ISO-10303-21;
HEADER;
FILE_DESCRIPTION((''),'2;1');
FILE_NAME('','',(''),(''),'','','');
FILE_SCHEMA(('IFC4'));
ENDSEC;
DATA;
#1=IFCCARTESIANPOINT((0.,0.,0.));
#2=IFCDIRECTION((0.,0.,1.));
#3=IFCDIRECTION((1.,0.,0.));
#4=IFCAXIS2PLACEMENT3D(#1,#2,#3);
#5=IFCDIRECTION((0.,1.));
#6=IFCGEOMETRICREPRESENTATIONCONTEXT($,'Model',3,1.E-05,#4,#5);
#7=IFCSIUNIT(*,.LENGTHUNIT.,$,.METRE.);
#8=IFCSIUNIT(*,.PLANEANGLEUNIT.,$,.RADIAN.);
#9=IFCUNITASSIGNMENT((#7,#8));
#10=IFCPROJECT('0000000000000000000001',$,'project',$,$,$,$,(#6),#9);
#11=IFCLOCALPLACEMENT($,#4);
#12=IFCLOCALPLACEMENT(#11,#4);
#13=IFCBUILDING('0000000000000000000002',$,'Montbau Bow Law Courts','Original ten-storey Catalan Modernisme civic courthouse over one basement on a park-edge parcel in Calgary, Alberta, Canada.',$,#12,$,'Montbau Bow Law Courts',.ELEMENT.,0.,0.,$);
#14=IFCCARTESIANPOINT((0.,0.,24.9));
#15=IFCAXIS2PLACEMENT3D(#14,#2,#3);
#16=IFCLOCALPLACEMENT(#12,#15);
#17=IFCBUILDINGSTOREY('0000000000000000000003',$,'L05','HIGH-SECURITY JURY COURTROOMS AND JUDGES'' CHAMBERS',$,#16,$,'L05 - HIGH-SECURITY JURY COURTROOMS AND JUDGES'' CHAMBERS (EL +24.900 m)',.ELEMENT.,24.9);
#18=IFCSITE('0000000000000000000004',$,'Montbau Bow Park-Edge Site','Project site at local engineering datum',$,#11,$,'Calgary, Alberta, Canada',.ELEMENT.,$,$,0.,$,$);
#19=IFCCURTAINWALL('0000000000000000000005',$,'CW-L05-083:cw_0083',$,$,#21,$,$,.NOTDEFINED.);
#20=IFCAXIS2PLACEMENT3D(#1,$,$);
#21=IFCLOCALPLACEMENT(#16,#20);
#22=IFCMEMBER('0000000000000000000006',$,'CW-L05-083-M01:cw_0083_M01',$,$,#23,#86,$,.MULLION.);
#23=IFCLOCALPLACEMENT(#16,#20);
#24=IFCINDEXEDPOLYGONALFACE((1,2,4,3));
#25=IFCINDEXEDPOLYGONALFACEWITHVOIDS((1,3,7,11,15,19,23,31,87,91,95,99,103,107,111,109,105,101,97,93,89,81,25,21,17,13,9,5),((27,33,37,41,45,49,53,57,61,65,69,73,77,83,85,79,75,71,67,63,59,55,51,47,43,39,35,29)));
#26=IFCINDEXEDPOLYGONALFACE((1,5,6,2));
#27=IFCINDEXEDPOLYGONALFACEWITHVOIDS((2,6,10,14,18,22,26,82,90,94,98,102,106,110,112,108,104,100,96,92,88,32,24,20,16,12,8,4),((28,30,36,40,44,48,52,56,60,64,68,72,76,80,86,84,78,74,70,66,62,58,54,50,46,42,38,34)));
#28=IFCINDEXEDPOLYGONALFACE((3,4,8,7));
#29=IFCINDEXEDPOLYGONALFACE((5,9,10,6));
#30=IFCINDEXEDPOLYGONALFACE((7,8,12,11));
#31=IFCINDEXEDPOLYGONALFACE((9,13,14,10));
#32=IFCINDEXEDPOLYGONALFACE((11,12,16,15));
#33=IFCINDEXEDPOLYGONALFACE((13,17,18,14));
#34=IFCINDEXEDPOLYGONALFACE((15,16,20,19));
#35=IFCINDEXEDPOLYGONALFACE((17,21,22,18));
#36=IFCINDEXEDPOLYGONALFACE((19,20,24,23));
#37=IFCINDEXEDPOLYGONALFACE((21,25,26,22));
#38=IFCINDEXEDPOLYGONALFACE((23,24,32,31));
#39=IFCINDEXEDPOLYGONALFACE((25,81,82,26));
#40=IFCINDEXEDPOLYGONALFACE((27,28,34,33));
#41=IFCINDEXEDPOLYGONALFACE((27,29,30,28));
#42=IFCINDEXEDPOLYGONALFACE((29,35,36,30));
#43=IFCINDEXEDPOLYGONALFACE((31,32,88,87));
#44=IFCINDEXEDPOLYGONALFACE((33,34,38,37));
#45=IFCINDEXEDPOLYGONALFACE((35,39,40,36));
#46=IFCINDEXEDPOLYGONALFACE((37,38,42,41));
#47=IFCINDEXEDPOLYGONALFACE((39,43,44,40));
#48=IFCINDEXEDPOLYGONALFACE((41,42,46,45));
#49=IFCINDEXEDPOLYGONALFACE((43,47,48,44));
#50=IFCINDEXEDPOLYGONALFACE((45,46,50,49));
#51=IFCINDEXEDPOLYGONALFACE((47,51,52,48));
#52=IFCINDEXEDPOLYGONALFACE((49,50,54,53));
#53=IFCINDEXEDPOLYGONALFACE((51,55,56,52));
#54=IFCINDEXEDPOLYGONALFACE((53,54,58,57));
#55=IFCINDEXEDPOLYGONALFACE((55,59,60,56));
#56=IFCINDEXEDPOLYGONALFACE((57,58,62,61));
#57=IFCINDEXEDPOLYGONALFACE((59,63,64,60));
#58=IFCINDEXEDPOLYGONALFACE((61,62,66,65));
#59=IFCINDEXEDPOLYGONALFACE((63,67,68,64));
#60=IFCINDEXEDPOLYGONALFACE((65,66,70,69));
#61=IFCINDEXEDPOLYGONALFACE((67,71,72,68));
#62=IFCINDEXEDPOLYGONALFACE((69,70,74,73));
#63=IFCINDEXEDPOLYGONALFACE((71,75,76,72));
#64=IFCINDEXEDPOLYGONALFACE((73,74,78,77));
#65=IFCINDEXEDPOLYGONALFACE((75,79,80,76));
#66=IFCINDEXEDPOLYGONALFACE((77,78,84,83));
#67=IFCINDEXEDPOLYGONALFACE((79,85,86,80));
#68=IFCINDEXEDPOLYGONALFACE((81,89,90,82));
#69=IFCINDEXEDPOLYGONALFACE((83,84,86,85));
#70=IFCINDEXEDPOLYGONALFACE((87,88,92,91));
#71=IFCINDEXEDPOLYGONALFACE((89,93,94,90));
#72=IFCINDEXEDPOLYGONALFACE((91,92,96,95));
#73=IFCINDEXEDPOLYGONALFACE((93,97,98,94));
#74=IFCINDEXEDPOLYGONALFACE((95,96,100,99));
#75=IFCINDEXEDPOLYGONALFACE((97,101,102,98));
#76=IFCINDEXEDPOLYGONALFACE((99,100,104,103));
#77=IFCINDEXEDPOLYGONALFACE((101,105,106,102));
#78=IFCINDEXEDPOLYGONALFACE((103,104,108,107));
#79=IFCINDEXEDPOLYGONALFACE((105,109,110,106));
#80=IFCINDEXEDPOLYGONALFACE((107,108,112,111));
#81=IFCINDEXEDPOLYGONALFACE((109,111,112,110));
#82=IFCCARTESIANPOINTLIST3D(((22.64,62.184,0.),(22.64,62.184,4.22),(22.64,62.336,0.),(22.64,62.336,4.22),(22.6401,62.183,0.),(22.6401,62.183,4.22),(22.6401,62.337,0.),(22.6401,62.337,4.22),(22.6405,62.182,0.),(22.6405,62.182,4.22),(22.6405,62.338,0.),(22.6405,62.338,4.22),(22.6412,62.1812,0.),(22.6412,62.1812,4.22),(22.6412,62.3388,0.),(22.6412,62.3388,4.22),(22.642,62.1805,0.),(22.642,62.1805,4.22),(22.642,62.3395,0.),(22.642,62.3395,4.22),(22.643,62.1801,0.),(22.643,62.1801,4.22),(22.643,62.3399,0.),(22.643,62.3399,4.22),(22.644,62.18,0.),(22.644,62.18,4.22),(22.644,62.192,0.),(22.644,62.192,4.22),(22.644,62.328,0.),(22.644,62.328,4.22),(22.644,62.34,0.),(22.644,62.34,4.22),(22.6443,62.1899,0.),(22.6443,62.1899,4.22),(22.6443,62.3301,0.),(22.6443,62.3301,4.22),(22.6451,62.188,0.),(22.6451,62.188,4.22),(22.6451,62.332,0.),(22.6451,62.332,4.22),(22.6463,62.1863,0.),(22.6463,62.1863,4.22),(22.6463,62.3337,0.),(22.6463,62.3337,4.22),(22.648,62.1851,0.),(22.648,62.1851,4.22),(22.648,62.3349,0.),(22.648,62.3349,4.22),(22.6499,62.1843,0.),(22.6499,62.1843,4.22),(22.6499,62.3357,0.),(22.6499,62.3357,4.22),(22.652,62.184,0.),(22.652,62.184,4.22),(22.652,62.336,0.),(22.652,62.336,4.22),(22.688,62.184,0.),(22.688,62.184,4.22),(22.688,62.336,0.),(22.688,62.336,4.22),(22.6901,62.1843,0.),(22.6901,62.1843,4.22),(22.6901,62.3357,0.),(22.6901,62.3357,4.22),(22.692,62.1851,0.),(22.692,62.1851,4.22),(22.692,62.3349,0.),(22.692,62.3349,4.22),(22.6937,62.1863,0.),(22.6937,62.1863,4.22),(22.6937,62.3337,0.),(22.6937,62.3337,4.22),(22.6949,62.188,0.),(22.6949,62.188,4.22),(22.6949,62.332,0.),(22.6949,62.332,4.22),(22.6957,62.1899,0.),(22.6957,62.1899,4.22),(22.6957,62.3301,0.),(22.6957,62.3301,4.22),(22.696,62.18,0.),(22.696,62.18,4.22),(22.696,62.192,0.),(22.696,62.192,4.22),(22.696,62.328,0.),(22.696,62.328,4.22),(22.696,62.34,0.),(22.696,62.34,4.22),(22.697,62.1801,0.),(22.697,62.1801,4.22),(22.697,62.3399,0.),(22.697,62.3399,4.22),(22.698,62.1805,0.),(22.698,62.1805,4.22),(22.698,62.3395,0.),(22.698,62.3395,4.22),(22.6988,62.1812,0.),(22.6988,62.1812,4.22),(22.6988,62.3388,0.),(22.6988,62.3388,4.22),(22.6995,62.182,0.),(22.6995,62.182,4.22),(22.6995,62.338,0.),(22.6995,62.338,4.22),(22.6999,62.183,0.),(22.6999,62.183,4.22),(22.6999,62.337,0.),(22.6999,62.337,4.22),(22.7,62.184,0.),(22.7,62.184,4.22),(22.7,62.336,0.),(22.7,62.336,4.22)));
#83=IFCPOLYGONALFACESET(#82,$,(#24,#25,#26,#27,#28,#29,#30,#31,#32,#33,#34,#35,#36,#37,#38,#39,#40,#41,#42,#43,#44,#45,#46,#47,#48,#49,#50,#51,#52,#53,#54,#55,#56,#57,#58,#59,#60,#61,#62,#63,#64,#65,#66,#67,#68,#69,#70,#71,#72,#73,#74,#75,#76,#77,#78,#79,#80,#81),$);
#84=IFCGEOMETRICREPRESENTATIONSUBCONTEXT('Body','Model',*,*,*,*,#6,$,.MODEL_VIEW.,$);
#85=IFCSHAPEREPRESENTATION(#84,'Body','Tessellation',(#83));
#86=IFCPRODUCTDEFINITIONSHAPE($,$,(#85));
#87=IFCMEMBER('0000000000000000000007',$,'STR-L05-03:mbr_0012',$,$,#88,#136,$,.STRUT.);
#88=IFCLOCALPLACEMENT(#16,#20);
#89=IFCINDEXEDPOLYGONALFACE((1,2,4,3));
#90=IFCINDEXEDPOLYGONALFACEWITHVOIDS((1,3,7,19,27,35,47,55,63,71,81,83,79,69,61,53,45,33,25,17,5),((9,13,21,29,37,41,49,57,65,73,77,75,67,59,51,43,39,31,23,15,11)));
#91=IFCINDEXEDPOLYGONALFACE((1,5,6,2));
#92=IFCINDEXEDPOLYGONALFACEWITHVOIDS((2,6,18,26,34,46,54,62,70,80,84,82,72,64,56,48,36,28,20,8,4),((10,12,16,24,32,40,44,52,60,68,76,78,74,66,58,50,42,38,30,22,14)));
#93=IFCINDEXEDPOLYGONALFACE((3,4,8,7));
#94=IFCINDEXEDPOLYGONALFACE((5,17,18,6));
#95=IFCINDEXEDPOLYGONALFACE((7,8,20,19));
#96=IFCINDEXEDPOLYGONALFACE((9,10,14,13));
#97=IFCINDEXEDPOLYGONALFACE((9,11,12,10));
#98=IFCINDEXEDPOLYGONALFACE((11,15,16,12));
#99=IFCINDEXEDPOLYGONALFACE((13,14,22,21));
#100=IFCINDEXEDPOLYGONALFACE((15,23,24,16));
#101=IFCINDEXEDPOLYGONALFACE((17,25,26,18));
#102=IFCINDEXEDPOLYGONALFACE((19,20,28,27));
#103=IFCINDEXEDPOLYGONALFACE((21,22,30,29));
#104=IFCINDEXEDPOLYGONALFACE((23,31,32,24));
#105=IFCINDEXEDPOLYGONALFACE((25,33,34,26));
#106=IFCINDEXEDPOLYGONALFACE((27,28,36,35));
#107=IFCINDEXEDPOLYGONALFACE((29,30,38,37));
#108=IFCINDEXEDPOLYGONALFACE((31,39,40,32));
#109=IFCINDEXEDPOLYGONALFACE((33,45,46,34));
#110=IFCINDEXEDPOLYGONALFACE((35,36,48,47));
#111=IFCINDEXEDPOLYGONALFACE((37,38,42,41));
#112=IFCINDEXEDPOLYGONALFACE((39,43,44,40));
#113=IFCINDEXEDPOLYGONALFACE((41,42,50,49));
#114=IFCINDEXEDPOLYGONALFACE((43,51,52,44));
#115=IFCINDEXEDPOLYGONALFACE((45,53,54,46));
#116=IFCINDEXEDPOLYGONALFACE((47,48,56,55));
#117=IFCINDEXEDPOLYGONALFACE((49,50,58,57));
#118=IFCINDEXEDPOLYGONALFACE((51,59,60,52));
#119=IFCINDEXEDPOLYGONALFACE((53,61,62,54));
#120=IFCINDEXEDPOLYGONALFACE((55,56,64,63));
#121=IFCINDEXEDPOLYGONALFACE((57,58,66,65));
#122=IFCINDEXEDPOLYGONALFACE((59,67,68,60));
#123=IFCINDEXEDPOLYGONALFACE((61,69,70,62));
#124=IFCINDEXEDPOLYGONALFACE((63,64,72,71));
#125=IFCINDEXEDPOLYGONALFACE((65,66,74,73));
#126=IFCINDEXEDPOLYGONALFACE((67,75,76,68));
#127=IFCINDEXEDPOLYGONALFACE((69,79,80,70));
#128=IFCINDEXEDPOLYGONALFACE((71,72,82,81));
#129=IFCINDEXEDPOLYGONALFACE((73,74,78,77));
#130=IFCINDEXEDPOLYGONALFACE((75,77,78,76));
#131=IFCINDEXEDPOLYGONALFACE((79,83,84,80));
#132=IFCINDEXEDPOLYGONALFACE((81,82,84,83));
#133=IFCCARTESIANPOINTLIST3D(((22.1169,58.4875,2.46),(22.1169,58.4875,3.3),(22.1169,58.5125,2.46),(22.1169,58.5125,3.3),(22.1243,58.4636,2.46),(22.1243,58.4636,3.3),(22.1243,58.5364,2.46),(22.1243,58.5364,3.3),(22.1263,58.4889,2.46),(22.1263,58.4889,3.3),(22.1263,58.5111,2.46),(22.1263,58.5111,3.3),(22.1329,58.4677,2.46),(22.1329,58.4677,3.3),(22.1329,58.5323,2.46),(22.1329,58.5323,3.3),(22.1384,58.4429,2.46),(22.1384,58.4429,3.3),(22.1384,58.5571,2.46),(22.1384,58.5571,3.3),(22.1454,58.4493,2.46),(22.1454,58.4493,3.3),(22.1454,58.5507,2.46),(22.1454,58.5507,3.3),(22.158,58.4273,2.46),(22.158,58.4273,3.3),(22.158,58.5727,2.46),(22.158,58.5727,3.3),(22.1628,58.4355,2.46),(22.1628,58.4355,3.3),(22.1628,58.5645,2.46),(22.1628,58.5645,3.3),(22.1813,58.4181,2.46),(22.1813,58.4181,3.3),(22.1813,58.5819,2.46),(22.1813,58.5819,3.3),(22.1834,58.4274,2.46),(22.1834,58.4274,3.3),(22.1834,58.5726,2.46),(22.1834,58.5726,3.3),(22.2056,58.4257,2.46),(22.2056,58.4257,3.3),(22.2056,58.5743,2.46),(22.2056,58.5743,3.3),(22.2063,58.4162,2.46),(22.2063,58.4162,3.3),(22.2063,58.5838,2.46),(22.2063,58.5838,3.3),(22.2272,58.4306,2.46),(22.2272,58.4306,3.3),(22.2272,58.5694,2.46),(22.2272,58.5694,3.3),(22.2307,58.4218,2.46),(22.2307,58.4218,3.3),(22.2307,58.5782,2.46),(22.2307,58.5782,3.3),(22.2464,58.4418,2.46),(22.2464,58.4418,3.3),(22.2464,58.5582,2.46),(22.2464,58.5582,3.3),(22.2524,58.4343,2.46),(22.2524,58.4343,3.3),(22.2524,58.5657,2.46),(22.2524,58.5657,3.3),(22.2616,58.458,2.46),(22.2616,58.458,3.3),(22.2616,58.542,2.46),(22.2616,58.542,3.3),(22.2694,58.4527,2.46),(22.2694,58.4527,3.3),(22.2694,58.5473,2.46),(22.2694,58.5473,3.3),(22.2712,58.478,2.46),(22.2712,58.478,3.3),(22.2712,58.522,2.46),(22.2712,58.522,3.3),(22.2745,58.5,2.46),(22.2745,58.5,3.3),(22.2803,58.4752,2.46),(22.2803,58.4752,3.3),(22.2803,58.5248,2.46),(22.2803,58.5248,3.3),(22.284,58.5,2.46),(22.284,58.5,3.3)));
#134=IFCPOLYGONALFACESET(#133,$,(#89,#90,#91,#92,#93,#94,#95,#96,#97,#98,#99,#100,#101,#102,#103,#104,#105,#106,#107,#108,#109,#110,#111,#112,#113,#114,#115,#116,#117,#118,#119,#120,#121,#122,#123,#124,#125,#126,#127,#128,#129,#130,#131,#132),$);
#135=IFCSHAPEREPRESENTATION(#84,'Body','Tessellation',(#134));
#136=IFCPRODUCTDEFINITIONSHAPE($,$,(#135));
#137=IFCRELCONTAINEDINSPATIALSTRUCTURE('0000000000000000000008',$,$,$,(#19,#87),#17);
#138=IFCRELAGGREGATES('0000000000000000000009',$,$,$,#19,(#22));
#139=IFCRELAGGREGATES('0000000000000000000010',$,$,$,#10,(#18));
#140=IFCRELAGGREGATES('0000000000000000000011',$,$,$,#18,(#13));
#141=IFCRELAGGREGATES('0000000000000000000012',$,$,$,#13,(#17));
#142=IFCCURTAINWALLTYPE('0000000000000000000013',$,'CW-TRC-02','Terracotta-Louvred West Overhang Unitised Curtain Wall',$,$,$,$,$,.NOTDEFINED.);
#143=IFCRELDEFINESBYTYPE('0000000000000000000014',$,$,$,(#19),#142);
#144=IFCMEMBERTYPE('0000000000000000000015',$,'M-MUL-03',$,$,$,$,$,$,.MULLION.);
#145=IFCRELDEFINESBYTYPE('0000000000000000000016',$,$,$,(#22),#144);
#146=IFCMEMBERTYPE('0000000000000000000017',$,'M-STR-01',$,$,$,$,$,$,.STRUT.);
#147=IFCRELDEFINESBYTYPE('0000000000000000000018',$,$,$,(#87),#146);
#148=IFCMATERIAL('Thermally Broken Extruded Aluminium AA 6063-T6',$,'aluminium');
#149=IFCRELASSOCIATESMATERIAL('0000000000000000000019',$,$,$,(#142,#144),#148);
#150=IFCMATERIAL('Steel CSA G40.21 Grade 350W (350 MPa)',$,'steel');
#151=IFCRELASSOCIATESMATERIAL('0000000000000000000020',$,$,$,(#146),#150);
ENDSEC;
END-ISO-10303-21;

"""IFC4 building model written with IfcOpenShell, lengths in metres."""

from ifc_helpers import new_model, si_unit, direction, frame, origin_with_axes, origin_2d_with_axis, place, context, subcontext, project, spatial, hollow_rectangle, hollow_circle, extrude, material, material_profile, profile_set, type_object, element, aggregate, save


model = new_model("IFC4")

# Units and contexts
model_context = context("Model", 3, precision=1e-05, world=origin_with_axes(), true_north=direction((0.0, 1.0)))
body_context = subcontext(model_context, "Body", "Model", "MODEL_VIEW")
ifc_project = project(units=[si_unit("LENGTHUNIT", "METRE"), si_unit("PLANEANGLEUNIT", "RADIAN")], contexts=[model_context])

# Site, building, storey
site_placement = place(None, origin_with_axes())
site = spatial("IfcSite", under=ifc_project, at=site_placement, Name="Montbau Bow Park-Edge Site", Description="Project site at local engineering datum", LongName="Calgary, Alberta, Canada", CompositionType="ELEMENT", RefElevation=0.0)
building_placement = place(site_placement, origin_with_axes())
building = spatial("IfcBuilding", under=site, at=building_placement, Name="Montbau Bow Law Courts", Description="Original ten-storey Catalan Modernisme civic courthouse over one basement on a park-edge parcel in Calgary, Alberta, Canada.", LongName="Montbau Bow Law Courts", CompositionType="ELEMENT", ElevationOfRefHeight=0.0, ElevationOfTerrain=0.0)
storey_placement = place(building_placement, frame((0.0, 0.0, 24.9), z_axis=(0.0, 0.0, 1.0), x_axis=(1.0, 0.0, 0.0)))
storey = spatial("IfcBuildingStorey", under=building, at=storey_placement, Name="L05", Description="HIGH-SECURITY JURY COURTROOMS AND JUDGES' CHAMBERS", LongName="L05 - HIGH-SECURITY JURY COURTROOMS AND JUDGES' CHAMBERS (EL +24.900 m)", CompositionType="ELEMENT", Elevation=24.9)

# Shared definitions
ifc_material_1 = material(Name="Steel CSA G40.21 Grade 350W (350 MPa)", Category="steel")

# Curtain wall, member
ifc_material_2 = material(Name="Thermally Broken Extruded Aluminium AA 6063-T6", Category="aluminium")
curtain_wall_type = type_object("IfcCurtainWallType", Name="CW-TRC-02", Description="Terracotta-Louvred West Overhang Unitised Curtain Wall", PredefinedType="NOTDEFINED", material=ifc_material_2)
curtain_wall_1_placement = place(None, frame((22.64, 62.26, 24.9), z_axis=(0.0, 0.0, 1.0), x_axis=(1.0, 0.0, 0.0)))
curtain_wall_1 = element("IfcCurtainWall", 1, at=curtain_wall_1_placement, inside=storey, type_object=curtain_wall_type, Name="CW-L05-083:cw_0083", PredefinedType="NOTDEFINED")
ifc_material_profile_1 = material_profile(ifc_material_2, hollow_rectangle(XDim=0.06, YDim=0.16, WallThickness=0.004, InnerFilletRadius=0.008, OuterFilletRadius=0.004, at=origin_2d_with_axis()), Name="CWM-160X60", Category="Main", Priority=0)
ifc_profile_set_1 = profile_set([ifc_material_profile_1], Name="Thermally Broken Extruded Aluminium AA 6063-T6")
member_type_1 = type_object("IfcMemberType", Name="M-MUL-03", PredefinedType="MULLION", material=ifc_profile_set_1)
member_1_placement = place(None, frame((22.67, 62.26, 24.9), z_axis=(0.0, 0.0, 1.0), x_axis=(1.0, 0.0, 0.0)))
member_1 = element("IfcMember", 2, at=member_1_placement, type_object=member_type_1, Name="CW-L05-083-M01:cw_0083_M01", PredefinedType="MULLION", context=body_context, shape_type="SweptSolid", body=[
    extrude(hollow_rectangle(XDim=0.06, YDim=0.16, WallThickness=0.004, InnerFilletRadius=0.008, OuterFilletRadius=0.004, at=origin_2d_with_axis()), origin_with_axes(), (0.0, 0.0, 1.0), 4.22),
])

# Member
ifc_material_profile_2 = material_profile(ifc_material_1, hollow_circle(Radius=0.084, WallThickness=0.0095, at=origin_2d_with_axis()), Name="HSS168X9.5", Category="Main", Priority=0)
ifc_profile_set_2 = profile_set([ifc_material_profile_2], Name="Steel CSA G40.21 Grade 350W (350 MPa)")
member_type_2 = type_object("IfcMemberType", Name="M-STR-01", PredefinedType="STRUT", material=ifc_profile_set_2)
member_2_placement = place(None, frame((22.2, 58.5, 27.36), z_axis=(0.0, 0.0, 1.0), x_axis=(1.0, 0.0, 0.0)))
element("IfcMember", 3, at=member_2_placement, inside=storey, type_object=member_type_2, Name="STR-L05-03:mbr_0012", PredefinedType="STRUT", context=body_context, shape_type="SweptSolid", body=[
    extrude(hollow_circle(Radius=0.084, WallThickness=0.0095, at=origin_2d_with_axis()), origin_with_axes(), (0.0, 0.0, 1.0), 0.84),
])

aggregate(curtain_wall_1, [member_1])

save(model, "model.ifc")
